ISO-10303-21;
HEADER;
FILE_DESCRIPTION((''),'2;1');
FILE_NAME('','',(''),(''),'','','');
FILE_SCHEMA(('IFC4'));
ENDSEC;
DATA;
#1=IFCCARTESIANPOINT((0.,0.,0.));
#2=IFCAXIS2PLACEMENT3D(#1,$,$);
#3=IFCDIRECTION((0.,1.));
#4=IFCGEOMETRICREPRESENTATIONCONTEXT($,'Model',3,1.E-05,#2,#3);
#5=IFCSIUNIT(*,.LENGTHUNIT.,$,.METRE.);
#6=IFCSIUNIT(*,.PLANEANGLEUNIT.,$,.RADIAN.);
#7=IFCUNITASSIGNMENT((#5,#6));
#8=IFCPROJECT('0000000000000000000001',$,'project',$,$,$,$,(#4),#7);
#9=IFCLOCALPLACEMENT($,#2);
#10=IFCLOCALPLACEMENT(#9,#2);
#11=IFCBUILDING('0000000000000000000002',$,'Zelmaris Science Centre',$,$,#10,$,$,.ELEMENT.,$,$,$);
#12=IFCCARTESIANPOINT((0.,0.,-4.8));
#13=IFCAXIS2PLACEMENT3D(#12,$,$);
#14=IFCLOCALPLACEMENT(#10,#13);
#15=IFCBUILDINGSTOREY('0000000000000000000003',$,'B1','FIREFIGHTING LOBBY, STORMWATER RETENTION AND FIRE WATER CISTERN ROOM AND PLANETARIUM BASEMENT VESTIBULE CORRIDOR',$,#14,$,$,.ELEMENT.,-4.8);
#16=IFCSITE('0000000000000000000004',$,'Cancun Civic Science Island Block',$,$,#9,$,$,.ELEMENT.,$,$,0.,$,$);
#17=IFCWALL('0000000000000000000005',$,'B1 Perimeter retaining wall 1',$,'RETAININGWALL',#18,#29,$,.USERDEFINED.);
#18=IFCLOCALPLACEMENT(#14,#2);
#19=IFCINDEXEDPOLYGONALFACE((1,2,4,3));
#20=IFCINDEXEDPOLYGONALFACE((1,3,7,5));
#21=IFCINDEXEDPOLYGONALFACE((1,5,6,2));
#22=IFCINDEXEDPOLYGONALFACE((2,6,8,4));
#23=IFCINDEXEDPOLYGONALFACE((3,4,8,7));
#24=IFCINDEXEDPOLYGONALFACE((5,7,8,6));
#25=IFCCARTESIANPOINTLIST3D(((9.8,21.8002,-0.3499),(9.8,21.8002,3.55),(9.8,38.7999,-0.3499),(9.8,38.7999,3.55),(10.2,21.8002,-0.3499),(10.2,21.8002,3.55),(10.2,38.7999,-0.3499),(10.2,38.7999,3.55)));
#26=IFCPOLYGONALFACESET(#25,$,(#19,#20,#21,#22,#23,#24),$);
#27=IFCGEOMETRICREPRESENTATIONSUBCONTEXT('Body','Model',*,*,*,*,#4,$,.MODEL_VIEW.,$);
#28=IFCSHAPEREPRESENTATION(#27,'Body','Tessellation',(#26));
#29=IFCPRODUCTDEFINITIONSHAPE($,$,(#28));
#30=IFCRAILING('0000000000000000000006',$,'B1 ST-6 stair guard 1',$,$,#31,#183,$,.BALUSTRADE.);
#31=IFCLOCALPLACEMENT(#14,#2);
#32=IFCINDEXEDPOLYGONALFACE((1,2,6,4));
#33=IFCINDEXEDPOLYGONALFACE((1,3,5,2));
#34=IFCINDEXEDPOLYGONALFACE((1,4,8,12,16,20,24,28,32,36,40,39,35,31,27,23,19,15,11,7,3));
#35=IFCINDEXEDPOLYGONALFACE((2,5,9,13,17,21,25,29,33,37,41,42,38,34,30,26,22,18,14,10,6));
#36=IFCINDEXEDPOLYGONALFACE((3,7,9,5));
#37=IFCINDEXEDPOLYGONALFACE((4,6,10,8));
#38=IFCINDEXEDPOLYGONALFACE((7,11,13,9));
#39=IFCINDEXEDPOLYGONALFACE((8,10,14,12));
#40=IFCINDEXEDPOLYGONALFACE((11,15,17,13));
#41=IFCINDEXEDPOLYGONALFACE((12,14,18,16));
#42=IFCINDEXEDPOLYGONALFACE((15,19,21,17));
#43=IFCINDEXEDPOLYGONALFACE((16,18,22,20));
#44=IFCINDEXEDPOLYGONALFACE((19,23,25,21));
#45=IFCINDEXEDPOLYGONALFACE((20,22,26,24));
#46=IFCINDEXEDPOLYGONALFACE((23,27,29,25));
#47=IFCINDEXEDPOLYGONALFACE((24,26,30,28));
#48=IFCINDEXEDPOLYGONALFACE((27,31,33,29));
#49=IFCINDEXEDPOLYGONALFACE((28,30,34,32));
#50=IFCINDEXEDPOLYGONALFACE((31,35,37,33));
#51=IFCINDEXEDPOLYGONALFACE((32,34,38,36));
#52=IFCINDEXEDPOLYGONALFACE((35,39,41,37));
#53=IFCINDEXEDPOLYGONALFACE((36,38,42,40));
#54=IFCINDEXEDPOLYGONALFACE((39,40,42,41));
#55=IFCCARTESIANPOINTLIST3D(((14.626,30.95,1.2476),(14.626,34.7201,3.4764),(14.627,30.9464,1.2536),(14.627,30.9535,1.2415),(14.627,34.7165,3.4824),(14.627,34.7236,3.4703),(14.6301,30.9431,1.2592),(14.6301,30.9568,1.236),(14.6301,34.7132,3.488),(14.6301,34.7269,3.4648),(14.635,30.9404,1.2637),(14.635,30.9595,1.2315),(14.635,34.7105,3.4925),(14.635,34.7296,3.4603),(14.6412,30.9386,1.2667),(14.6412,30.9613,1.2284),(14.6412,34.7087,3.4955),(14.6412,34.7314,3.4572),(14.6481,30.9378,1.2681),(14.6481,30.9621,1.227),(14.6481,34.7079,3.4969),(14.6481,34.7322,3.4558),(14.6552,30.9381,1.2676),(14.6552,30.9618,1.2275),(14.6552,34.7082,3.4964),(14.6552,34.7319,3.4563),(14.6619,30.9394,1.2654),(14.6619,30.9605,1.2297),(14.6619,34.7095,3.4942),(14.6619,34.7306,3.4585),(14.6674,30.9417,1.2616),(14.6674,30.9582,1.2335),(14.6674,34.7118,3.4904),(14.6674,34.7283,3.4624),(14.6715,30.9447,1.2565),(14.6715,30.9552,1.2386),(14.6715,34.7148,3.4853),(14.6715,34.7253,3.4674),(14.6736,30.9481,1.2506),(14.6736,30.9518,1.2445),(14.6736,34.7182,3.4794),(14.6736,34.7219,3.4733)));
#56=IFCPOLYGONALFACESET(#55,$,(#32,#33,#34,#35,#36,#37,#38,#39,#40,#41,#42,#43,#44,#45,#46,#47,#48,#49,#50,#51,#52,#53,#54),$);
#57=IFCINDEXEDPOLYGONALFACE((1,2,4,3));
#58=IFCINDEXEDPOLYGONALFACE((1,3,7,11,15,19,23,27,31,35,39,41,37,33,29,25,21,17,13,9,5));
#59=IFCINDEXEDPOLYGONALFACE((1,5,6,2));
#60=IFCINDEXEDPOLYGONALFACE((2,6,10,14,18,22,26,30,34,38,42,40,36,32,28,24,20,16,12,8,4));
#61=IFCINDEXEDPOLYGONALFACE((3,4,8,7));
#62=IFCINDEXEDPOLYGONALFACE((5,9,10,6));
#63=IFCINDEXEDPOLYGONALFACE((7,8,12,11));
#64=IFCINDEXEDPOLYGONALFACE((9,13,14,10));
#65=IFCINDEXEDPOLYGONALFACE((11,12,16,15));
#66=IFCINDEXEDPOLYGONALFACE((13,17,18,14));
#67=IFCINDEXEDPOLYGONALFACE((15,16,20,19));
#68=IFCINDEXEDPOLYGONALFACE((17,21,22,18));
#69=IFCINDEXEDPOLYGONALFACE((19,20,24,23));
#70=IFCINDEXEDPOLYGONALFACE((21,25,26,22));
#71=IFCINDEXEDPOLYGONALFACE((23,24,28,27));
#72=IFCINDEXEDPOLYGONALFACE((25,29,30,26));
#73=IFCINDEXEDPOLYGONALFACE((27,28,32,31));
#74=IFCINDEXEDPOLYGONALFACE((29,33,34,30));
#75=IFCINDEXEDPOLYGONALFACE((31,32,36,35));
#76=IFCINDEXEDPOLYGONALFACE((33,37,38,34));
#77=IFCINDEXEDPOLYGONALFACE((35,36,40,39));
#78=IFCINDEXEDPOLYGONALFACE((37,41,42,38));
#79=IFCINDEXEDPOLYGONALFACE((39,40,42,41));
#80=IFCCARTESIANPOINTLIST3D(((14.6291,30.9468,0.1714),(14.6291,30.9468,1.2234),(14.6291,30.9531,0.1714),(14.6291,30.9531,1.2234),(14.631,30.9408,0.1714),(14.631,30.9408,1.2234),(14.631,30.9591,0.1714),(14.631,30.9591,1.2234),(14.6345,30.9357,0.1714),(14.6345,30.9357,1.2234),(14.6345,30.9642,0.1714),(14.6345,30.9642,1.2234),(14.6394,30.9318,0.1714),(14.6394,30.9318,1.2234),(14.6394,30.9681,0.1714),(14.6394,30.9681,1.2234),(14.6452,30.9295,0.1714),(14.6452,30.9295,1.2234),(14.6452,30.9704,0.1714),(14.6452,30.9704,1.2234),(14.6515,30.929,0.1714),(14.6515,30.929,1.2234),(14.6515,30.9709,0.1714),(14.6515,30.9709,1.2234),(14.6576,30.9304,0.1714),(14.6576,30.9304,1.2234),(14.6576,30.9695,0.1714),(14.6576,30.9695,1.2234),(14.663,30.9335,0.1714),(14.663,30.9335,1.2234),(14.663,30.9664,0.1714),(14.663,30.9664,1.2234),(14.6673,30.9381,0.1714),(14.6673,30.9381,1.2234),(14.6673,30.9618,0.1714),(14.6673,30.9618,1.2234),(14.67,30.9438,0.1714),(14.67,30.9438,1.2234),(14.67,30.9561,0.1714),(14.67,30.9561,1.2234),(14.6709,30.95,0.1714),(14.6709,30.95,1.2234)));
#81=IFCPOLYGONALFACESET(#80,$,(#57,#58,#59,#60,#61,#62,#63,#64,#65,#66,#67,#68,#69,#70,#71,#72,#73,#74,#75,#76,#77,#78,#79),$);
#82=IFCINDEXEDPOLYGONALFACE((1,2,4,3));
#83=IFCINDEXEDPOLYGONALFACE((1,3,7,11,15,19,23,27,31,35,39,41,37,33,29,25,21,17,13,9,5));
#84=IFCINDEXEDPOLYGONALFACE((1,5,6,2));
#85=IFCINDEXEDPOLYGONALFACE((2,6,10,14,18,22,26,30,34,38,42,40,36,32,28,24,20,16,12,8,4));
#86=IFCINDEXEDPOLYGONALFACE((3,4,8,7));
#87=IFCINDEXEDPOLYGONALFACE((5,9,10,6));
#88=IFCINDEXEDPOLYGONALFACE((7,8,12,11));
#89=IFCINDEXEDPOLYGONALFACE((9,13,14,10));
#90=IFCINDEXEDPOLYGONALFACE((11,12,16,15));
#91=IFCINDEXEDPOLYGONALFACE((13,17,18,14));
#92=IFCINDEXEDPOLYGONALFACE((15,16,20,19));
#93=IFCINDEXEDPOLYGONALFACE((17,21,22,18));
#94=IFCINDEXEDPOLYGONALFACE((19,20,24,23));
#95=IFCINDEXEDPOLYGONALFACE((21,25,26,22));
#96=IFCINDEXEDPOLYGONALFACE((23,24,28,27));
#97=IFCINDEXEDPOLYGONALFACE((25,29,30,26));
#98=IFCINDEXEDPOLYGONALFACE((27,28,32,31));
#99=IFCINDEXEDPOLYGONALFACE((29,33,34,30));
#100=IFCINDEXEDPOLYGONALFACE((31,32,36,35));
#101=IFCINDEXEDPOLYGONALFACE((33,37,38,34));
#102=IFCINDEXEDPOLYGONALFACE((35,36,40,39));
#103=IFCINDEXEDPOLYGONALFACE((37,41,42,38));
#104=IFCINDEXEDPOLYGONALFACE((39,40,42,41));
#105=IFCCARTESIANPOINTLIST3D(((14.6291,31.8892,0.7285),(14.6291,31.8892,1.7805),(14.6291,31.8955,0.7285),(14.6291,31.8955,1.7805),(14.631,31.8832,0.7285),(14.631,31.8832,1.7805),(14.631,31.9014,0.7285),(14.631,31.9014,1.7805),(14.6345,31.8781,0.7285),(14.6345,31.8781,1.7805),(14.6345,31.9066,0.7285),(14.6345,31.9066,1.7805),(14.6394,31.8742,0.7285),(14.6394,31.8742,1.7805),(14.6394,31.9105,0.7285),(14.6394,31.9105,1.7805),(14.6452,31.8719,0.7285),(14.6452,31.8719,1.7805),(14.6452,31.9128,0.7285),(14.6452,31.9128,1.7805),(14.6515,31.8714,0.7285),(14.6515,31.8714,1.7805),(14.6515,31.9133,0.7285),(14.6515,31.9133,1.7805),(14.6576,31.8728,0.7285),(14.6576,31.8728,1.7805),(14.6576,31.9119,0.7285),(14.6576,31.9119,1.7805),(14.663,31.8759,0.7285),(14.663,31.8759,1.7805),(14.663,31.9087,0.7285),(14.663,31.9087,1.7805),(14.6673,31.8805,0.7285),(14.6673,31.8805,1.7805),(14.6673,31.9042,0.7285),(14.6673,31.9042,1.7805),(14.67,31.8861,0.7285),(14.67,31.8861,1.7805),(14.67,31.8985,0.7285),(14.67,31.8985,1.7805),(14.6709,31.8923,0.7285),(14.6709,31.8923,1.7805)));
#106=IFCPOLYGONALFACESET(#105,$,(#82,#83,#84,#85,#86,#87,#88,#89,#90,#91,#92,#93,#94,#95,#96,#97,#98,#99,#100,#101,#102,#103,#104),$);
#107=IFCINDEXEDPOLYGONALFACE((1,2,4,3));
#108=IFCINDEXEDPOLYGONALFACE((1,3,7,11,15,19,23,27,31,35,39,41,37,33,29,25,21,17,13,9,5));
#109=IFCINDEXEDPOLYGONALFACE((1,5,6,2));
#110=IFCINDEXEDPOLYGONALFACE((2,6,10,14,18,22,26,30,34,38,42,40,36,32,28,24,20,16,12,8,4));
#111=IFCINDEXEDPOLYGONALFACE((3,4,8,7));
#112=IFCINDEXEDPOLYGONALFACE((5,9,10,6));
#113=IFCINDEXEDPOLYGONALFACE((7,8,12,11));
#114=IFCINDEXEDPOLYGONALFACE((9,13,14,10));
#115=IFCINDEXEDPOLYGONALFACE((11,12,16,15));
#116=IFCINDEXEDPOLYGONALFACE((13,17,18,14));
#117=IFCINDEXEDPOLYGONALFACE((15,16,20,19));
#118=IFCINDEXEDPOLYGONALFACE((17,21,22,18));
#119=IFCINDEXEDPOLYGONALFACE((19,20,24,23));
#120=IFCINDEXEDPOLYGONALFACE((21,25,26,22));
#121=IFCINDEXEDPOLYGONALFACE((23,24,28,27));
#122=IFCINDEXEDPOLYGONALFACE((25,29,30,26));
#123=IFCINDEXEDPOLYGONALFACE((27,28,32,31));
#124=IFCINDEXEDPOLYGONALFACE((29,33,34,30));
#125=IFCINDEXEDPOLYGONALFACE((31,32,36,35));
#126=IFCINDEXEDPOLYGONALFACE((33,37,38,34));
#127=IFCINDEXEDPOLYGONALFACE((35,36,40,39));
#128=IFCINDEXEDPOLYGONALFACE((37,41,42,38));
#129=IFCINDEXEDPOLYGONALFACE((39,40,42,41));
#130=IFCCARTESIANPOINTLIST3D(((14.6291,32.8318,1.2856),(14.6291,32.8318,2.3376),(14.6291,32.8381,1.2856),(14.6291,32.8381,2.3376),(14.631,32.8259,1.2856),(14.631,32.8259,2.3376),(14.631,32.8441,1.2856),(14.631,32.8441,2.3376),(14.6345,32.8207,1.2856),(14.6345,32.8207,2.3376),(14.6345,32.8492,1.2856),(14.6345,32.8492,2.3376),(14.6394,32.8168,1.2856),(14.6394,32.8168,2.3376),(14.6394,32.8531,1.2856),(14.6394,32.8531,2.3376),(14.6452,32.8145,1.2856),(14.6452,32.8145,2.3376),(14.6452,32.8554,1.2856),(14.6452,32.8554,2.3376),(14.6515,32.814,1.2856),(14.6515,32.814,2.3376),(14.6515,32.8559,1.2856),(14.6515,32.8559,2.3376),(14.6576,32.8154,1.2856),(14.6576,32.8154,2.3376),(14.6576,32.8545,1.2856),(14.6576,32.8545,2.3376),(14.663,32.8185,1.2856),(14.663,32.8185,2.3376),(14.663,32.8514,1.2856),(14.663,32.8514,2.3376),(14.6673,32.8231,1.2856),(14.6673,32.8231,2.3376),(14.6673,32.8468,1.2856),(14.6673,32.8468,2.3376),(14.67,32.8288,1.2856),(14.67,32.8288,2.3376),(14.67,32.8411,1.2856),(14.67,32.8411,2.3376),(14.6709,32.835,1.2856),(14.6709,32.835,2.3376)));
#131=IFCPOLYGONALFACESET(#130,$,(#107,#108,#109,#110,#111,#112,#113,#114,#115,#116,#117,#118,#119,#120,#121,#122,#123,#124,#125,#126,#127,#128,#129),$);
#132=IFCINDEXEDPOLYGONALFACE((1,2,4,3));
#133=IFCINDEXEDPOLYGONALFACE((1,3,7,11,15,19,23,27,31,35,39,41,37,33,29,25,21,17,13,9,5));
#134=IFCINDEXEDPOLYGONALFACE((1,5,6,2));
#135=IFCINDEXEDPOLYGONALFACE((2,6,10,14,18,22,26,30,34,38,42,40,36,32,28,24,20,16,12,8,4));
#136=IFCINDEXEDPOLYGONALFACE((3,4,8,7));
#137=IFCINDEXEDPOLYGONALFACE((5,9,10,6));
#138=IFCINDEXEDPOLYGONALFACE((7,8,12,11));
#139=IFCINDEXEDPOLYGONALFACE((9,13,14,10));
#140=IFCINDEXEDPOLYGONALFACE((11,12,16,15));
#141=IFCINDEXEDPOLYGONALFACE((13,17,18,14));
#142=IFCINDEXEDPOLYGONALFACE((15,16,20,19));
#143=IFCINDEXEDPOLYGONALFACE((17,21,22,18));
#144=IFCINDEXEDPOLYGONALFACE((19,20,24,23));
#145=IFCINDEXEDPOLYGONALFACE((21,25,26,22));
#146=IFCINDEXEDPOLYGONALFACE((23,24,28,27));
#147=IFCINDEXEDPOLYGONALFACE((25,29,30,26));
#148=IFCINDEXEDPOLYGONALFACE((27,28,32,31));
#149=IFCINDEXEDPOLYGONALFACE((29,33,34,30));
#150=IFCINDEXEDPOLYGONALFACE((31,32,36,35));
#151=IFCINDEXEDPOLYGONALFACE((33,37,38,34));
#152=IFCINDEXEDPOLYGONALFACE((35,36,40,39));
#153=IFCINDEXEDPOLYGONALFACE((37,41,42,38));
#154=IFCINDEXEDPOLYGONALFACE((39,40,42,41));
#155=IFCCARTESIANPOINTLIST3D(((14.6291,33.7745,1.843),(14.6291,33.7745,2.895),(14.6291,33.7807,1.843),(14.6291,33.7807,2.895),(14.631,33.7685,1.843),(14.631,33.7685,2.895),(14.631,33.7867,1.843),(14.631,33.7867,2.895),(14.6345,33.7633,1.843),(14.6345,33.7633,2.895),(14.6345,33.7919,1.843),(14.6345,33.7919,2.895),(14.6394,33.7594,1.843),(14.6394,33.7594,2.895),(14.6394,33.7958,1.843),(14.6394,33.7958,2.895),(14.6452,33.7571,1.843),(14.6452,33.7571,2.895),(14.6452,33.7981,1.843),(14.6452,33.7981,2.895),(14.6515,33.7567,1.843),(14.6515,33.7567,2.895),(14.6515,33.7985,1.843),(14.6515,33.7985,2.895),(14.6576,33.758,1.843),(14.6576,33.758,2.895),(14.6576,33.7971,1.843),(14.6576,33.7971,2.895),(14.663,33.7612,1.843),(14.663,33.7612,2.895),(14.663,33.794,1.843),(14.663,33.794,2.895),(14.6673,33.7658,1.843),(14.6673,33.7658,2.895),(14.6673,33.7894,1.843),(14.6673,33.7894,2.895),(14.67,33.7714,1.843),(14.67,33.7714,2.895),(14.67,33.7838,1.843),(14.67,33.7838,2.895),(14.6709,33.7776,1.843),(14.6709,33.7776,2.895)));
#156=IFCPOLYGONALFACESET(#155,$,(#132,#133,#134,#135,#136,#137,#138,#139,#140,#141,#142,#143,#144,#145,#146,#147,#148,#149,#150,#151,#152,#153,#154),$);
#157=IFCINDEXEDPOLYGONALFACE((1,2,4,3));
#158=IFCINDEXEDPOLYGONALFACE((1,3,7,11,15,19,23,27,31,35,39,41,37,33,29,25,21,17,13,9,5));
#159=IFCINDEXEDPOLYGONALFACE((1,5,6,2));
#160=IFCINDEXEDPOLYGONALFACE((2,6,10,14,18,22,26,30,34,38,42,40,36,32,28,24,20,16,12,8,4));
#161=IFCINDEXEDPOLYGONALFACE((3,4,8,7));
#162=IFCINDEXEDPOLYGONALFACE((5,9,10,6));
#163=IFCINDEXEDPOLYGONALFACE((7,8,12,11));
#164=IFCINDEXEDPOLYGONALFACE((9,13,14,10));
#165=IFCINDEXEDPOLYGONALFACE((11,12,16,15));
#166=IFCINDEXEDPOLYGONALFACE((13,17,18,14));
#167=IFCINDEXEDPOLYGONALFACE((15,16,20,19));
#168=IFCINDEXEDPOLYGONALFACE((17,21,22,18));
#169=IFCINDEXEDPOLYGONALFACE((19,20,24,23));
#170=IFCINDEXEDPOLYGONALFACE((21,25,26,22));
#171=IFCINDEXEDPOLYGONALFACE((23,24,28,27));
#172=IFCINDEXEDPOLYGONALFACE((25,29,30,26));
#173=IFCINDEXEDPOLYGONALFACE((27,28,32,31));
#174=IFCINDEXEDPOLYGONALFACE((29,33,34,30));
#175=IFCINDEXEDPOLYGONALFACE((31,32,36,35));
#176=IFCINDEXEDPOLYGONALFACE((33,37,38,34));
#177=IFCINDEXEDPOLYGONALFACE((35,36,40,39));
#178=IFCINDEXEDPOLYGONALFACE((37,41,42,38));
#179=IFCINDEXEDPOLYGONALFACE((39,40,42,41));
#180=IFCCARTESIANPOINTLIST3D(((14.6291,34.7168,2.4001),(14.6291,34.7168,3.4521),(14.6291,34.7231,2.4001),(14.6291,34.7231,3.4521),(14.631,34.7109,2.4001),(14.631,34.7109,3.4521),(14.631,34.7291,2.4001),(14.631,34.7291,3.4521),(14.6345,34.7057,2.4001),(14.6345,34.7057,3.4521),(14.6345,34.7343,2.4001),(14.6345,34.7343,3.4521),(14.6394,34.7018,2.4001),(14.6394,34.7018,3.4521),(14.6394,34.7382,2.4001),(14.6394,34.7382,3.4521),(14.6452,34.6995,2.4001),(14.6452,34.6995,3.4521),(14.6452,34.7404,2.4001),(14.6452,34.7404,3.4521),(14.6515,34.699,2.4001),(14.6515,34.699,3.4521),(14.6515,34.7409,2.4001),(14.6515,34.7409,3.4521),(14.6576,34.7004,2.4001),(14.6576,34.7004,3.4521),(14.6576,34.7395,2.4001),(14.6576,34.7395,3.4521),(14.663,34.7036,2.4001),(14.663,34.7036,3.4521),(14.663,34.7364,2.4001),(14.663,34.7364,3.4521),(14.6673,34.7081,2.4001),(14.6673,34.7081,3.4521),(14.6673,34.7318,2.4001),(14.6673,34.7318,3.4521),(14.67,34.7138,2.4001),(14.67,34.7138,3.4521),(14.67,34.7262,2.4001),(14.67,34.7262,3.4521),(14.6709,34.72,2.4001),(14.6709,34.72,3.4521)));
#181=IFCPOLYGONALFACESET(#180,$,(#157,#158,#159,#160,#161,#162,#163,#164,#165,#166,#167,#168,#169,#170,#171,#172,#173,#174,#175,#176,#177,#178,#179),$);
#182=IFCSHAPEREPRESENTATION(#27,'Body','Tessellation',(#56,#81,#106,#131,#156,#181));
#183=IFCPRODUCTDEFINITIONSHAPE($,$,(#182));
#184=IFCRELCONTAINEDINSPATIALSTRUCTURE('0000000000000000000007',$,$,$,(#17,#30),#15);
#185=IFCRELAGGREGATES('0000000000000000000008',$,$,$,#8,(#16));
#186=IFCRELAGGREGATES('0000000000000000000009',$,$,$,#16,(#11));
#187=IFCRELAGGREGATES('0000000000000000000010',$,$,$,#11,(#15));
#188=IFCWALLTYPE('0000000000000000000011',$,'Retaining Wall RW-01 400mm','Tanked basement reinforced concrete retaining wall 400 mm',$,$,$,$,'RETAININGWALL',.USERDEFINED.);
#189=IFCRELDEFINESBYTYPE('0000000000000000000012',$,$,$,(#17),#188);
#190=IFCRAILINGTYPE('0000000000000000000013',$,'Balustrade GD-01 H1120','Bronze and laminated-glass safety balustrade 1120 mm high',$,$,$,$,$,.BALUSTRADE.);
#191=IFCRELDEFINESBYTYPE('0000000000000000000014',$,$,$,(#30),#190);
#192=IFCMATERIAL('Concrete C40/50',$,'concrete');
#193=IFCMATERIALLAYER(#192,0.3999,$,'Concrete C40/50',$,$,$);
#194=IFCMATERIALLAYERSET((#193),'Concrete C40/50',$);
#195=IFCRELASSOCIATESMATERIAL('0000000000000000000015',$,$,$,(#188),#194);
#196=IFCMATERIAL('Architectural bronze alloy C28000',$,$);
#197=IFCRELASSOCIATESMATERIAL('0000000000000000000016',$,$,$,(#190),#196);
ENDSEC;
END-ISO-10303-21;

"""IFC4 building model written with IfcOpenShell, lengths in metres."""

from ifc_helpers import new_model, si_unit, direction, frame, frame_2d, origin, origin_2d, place, context, subcontext, project, spatial, rectangle, circle, extrude, material, layer, layer_set, type_object, element, save


model = new_model("IFC4")

# Units and contexts
model_context = context("Model", 3, precision=1e-05, world=origin(), true_north=direction((0.0, 1.0)))
body_context = subcontext(model_context, "Body", "Model", "MODEL_VIEW")
ifc_project = project(units=[si_unit("LENGTHUNIT", "METRE"), si_unit("PLANEANGLEUNIT", "RADIAN")], contexts=[model_context])

# Site, building, storey
site_placement = place(None, origin())
site = spatial("IfcSite", under=ifc_project, at=site_placement, Name="Cancun Civic Science Island Block", CompositionType="ELEMENT", RefElevation=0.0)
building_placement = place(site_placement, origin())
building = spatial("IfcBuilding", under=site, at=building_placement, Name="Zelmaris Science Centre", CompositionType="ELEMENT")
storey_placement = place(building_placement, frame((0.0, 0.0, -4.8)))
storey = spatial("IfcBuildingStorey", under=building, at=storey_placement, Name="B1", Description="FIREFIGHTING LOBBY, STORMWATER RETENTION AND FIRE WATER CISTERN ROOM AND PLANETARIUM BASEMENT VESTIBULE CORRIDOR", CompositionType="ELEMENT", Elevation=-4.8)

# Shared definitions
ifc_material_1 = material(Name="Concrete C40/50", Category="concrete")

# Wall
ifc_layer_1 = layer(ifc_material_1, 0.3999, Name="Concrete C40/50")
ifc_layer_set_1 = layer_set([ifc_layer_1], Name="Concrete C40/50")
wall_type_1 = type_object("IfcWallType", Name="Retaining Wall RW-01 400mm", Description="Tanked basement reinforced concrete retaining wall 400 mm", ElementType="RETAININGWALL", PredefinedType="USERDEFINED", material=ifc_layer_set_1)
wall_1_placement = place(storey_placement, frame((10.0, 21.8, -0.3499), z_axis=(0.0, 0.0, 1.0), x_axis=(0.0, 1.0, 0.0)))
element("IfcWall", 1, at=wall_1_placement, inside=storey, type_object=wall_type_1, Name="B1 Perimeter retaining wall 1", ObjectType="RETAININGWALL", PredefinedType="USERDEFINED", context=body_context, shape_type="SweptSolid", body=[
    extrude(rectangle(XDim=16.9998, YDim=0.3999, at=frame_2d((8.5, 0.0))), origin(), (0.0, 0.0, 1.0), 3.8999),
])

# Railing
ifc_material_2 = material(Name="Architectural bronze alloy C28000")
railing_type = type_object("IfcRailingType", Name="Balustrade GD-01 H1120", Description="Bronze and laminated-glass safety balustrade 1120 mm high", PredefinedType="BALUSTRADE", material=ifc_material_2)
railing_1_placement = place(storey_placement, frame((14.6499, 30.95, 0.1714)))
element("IfcRailing", 2, at=railing_1_placement, inside=storey, type_object=railing_type, Name="B1 ST-6 stair guard 1", PredefinedType="BALUSTRADE", context=body_context, shape_type="SweptSolid", body=[
    extrude(circle(Radius=0.0239, at=origin_2d()), frame((0.0, 0.0, 1.0762), z_axis=(0.0, 0.860824, 0.508902), x_axis=(-1.0, 0.0, 0.0)), (0.0, 0.0, 1.0), 4.3796),
    extrude(circle(Radius=0.021, at=origin_2d()), origin(), (0.0, 0.0, 1.0), 1.052),
    extrude(circle(Radius=0.021, at=origin_2d()), frame((0.0, 0.9424, 0.5571)), (0.0, 0.0, 1.0), 1.052),
    extrude(circle(Radius=0.021, at=origin_2d()), frame((0.0, 1.885, 1.1143)), (0.0, 0.0, 1.0), 1.052),
    extrude(circle(Radius=0.021, at=origin_2d()), frame((0.0, 2.8276, 1.6716)), (0.0, 0.0, 1.0), 1.052),
    extrude(circle(Radius=0.021, at=origin_2d()), frame((0.0, 3.77, 2.2288)), (0.0, 0.0, 1.0), 1.052),
])

save(model, "model.ifc")
